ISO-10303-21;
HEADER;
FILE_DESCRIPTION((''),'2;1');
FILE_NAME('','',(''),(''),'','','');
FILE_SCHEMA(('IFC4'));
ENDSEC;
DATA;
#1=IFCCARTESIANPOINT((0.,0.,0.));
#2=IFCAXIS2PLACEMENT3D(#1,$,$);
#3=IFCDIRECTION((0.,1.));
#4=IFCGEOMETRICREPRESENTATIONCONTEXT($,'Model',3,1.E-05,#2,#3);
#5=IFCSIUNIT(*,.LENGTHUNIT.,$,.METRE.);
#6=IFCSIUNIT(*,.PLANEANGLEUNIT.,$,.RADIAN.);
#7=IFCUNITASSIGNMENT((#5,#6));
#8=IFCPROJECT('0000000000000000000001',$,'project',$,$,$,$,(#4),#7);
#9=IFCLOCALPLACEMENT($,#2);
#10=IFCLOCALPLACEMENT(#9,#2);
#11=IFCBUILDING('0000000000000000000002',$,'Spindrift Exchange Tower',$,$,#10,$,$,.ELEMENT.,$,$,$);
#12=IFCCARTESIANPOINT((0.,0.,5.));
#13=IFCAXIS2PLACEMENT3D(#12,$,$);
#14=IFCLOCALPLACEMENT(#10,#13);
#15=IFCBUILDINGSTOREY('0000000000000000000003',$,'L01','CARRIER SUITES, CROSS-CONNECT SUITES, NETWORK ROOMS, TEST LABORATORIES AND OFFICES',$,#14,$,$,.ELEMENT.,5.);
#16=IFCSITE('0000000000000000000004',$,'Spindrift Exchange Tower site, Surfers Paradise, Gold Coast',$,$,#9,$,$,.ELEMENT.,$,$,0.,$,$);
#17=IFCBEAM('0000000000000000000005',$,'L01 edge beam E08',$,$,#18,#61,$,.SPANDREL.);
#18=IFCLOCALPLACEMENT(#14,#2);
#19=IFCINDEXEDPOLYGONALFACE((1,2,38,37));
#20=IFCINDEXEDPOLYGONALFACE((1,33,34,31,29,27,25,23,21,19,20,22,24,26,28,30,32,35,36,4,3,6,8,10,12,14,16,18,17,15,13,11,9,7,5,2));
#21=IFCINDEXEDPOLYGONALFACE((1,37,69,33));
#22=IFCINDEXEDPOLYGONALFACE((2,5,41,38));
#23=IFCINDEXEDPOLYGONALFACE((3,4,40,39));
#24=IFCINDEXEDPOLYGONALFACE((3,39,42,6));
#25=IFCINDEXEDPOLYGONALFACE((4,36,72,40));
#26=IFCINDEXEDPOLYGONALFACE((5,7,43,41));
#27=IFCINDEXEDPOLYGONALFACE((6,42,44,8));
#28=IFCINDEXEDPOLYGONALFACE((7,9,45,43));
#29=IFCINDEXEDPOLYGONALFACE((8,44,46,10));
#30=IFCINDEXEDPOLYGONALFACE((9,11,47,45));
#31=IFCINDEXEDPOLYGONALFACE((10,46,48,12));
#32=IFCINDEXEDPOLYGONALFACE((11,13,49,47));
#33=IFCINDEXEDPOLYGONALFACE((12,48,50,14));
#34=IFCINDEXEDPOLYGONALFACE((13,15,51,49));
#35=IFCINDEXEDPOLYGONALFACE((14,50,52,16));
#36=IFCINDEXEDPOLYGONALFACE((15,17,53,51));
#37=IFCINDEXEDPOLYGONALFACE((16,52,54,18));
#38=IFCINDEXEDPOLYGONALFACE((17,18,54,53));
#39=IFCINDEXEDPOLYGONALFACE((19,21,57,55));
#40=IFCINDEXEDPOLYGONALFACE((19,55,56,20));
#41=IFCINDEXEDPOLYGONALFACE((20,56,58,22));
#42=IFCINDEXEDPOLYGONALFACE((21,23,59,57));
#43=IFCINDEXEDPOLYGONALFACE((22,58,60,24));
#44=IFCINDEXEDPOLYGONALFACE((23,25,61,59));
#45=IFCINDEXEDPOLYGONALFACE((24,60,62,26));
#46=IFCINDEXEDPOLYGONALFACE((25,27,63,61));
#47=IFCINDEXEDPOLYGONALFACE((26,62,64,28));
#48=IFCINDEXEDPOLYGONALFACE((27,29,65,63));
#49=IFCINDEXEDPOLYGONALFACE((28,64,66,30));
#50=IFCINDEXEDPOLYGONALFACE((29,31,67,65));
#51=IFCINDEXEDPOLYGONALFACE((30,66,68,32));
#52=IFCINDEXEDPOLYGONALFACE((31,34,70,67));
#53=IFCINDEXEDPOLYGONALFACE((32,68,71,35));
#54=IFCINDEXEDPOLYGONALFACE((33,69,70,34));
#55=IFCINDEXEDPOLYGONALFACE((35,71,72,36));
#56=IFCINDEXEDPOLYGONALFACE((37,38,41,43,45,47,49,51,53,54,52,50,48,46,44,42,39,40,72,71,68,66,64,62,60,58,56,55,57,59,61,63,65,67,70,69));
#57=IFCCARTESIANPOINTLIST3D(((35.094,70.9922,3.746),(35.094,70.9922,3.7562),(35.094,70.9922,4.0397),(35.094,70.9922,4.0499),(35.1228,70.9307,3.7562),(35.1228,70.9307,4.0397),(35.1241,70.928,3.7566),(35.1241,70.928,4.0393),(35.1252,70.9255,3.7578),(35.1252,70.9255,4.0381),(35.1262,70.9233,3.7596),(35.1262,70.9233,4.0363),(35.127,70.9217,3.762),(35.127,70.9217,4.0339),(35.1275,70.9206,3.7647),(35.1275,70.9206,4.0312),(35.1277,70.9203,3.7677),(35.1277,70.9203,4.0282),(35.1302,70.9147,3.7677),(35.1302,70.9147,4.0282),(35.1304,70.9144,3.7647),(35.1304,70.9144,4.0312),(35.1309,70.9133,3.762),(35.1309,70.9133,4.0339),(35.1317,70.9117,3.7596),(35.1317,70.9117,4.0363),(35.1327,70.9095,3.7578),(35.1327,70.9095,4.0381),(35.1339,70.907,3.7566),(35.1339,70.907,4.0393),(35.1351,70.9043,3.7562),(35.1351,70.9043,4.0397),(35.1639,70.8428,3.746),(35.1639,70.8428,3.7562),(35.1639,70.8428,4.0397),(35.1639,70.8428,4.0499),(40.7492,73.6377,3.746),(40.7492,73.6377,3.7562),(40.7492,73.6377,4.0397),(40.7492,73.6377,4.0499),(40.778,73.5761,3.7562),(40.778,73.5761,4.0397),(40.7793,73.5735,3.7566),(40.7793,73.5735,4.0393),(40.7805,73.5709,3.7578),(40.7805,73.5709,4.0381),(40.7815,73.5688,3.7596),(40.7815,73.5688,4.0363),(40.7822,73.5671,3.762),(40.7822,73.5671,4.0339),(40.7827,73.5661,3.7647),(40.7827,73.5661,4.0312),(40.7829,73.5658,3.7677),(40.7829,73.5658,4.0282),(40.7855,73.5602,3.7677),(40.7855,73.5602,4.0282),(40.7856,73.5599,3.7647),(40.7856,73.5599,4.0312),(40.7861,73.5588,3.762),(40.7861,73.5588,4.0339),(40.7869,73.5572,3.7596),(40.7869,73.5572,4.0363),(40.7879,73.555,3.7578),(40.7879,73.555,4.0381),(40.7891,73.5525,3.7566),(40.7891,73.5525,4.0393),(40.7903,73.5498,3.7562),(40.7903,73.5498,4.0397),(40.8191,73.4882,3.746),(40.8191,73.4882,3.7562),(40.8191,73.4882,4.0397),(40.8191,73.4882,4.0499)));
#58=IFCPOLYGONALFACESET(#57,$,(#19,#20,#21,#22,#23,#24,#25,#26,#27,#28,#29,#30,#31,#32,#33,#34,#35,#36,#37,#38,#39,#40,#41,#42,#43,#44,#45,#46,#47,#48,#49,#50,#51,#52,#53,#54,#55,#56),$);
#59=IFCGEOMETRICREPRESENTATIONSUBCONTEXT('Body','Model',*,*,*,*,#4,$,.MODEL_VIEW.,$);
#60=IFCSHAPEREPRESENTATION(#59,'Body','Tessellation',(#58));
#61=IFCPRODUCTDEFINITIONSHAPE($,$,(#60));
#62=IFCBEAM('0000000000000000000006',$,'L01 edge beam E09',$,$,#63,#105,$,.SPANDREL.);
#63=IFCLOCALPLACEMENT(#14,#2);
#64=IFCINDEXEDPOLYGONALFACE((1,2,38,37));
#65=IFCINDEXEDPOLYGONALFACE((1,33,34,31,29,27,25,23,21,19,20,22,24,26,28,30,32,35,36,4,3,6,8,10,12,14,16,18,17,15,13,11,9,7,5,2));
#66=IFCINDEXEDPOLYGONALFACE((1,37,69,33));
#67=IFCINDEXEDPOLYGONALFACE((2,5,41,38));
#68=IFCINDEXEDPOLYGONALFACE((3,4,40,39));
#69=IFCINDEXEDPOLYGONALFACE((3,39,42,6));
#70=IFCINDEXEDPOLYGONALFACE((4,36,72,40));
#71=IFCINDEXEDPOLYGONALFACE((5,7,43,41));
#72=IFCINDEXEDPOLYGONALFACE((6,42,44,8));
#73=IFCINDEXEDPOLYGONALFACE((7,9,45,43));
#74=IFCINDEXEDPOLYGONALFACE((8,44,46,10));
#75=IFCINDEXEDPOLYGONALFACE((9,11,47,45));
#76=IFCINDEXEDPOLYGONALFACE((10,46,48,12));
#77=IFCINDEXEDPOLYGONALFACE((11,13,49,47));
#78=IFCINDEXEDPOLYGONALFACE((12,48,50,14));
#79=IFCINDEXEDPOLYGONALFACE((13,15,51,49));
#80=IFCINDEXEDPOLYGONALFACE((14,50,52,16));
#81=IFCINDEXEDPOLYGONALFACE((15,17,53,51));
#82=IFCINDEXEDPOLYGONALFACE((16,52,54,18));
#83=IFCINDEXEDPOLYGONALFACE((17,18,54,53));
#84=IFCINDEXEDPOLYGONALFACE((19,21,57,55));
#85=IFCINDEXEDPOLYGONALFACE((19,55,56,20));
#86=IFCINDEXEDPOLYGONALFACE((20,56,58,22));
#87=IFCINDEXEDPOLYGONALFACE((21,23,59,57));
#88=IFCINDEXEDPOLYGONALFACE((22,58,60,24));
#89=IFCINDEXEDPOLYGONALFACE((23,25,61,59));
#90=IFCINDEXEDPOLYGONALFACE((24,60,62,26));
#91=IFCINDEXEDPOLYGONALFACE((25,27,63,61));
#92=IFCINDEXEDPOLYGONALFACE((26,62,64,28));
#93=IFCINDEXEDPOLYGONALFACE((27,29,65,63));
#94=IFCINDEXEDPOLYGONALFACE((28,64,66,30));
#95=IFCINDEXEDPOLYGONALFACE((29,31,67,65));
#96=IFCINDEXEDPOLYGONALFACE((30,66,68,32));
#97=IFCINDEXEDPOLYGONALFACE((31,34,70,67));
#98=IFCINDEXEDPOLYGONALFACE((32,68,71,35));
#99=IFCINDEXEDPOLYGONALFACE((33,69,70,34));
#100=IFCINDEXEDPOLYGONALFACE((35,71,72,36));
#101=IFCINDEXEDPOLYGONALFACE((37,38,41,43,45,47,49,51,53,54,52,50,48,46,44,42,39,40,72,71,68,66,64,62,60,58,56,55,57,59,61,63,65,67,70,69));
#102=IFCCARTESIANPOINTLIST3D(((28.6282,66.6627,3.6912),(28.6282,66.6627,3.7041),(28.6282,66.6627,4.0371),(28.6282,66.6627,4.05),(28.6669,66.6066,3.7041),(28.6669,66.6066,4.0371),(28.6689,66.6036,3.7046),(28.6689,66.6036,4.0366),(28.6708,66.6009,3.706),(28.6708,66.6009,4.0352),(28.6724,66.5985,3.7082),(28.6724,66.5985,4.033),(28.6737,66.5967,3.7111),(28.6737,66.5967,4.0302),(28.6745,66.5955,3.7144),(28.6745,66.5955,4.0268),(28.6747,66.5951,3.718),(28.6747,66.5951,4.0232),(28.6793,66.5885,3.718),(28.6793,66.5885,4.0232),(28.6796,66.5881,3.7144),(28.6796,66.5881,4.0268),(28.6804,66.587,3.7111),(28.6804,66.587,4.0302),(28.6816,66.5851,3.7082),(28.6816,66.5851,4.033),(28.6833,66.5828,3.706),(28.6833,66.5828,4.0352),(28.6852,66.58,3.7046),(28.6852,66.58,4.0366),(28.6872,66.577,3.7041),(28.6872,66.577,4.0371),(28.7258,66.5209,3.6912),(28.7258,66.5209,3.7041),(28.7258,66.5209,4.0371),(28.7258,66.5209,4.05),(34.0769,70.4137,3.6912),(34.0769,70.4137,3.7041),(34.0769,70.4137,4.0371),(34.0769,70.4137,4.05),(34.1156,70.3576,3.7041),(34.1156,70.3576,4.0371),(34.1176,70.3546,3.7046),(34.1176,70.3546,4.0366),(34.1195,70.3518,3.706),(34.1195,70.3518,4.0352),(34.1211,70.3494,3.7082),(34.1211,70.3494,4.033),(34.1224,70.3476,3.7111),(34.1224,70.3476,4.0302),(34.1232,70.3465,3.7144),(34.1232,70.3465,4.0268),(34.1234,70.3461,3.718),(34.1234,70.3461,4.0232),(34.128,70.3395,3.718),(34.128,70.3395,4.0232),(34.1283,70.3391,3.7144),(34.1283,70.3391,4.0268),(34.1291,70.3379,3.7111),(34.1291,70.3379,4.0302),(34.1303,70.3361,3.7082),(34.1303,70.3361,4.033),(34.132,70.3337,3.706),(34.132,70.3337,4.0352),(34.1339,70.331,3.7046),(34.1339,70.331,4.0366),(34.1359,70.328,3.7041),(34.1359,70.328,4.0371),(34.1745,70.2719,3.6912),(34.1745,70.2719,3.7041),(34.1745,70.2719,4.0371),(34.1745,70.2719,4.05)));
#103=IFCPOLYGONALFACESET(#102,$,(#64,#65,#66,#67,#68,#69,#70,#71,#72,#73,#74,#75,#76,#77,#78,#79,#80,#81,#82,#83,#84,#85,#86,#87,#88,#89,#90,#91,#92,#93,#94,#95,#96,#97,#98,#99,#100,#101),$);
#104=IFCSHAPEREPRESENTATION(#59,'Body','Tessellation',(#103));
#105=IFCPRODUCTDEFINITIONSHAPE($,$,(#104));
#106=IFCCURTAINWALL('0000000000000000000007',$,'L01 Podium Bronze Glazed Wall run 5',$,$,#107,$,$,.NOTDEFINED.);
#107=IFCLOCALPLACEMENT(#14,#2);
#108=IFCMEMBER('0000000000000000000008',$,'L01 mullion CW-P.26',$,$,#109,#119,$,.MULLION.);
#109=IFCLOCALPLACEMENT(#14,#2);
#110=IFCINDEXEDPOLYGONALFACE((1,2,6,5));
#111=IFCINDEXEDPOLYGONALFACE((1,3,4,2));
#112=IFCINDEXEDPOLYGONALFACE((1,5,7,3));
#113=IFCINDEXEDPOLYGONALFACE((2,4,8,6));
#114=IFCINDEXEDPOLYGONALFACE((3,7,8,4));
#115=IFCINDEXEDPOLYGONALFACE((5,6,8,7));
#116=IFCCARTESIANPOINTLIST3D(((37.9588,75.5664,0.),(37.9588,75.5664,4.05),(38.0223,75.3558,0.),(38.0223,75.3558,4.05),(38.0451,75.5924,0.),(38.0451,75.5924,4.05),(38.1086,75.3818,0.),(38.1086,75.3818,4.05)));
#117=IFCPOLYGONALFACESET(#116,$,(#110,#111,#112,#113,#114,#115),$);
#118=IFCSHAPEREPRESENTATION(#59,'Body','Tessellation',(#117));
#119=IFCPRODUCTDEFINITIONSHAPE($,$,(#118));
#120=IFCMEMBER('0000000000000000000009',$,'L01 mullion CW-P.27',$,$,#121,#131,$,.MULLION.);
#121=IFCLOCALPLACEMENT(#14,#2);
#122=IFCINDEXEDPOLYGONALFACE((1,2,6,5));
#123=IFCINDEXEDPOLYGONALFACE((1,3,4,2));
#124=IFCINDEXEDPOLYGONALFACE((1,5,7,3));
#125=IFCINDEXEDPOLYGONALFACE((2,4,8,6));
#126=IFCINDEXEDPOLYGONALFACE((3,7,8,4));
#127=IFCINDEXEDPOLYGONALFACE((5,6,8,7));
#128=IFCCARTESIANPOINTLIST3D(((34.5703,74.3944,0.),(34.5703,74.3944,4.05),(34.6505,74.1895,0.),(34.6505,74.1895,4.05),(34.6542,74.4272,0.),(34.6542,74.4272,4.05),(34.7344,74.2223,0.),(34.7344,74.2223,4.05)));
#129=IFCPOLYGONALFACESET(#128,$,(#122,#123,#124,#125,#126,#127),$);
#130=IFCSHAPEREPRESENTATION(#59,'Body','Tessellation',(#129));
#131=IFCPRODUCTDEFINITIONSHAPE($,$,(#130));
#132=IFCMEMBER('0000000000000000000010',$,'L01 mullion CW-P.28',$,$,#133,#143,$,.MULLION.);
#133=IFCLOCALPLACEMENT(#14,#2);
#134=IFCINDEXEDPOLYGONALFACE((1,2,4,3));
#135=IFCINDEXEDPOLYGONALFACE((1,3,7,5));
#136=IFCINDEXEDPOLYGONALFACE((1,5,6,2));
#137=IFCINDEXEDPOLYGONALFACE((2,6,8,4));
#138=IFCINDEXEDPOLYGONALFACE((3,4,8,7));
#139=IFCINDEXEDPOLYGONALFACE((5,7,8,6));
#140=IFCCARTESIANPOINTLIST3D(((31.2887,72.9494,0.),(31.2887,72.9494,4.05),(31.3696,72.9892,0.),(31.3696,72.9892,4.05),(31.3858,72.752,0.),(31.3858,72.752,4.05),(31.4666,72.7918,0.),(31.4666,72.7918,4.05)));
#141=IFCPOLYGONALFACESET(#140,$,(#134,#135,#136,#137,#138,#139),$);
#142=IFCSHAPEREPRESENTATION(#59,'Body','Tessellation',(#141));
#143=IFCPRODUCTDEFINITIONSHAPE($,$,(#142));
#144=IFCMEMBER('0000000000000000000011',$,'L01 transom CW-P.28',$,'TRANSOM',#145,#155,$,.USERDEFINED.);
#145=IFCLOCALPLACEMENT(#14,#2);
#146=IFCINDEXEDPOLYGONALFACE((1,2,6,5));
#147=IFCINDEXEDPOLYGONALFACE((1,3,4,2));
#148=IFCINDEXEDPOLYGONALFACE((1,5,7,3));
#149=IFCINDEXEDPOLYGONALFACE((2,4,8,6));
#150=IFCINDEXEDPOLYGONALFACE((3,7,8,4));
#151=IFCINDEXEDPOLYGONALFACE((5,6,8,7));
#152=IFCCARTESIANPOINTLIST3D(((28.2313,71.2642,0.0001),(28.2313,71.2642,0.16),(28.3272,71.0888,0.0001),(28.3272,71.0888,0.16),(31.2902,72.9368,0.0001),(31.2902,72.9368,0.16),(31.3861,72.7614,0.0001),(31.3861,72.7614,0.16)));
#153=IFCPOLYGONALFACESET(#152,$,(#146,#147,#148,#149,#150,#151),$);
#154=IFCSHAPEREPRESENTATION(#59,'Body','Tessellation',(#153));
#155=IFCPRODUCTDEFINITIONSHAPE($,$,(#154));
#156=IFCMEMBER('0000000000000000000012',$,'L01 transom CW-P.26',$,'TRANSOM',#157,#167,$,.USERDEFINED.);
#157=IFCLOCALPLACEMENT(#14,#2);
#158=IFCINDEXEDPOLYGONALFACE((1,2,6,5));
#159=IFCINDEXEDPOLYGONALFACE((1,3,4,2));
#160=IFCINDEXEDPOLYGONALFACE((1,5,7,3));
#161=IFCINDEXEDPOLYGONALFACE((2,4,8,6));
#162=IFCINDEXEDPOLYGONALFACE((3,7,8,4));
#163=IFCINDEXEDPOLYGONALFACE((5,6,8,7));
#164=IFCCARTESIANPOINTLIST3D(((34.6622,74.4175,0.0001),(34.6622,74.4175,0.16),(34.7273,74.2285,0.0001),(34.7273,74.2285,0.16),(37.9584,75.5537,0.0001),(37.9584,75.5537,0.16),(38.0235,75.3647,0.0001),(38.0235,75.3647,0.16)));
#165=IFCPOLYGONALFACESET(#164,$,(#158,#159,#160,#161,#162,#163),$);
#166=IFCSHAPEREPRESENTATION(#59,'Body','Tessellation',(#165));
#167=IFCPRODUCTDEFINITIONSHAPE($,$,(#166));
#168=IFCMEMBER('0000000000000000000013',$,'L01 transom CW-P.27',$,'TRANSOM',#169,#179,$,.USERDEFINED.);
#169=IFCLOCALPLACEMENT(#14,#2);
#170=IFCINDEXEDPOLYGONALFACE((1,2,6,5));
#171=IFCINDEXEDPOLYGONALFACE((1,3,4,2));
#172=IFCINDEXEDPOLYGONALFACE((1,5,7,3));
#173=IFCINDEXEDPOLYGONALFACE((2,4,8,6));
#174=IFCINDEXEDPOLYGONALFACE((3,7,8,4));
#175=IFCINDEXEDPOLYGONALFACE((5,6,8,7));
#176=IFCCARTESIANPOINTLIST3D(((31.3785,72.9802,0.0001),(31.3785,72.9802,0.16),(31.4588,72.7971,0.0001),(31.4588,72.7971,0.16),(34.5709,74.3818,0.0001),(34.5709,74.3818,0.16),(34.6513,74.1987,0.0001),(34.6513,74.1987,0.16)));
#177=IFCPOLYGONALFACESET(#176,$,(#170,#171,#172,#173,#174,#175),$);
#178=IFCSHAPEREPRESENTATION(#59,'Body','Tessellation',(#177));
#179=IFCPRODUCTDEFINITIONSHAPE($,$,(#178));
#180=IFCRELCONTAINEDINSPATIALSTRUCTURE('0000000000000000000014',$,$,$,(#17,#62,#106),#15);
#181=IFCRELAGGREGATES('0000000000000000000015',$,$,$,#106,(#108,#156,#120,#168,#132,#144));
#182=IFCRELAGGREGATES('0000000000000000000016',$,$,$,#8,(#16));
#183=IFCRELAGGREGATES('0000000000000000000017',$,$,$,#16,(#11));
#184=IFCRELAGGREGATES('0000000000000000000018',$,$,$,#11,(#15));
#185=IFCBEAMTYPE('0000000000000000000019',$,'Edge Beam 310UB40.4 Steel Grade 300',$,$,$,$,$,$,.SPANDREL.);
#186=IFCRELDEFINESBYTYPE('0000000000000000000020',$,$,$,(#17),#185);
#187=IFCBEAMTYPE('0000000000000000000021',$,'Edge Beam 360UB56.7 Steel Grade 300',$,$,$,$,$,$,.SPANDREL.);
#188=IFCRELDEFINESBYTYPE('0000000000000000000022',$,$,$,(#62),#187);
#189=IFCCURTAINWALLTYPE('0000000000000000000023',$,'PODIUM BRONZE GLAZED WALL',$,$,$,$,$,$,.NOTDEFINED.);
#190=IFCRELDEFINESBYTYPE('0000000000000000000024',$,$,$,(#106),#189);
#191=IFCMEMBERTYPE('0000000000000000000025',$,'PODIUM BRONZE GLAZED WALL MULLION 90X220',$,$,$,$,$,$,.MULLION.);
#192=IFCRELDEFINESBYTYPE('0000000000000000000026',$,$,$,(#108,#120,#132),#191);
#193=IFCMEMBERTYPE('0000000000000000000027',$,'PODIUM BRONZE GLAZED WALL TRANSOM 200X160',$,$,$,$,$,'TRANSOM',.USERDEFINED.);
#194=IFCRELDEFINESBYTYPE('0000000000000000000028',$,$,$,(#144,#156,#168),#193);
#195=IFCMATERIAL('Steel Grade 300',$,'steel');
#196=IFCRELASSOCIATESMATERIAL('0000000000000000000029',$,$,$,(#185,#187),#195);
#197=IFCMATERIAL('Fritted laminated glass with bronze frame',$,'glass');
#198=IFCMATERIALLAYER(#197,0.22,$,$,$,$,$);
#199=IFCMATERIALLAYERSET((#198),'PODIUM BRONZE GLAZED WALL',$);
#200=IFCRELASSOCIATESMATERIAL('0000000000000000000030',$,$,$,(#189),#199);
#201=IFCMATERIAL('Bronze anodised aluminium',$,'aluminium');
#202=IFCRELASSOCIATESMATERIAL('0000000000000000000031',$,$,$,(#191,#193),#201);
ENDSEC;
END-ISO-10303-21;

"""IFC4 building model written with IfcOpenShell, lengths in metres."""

from ifc_helpers import new_model, si_unit, direction, frame, origin, origin_2d, place, context, subcontext, project, spatial, rectangle, i_section, extrude, source, transform, mapped, material, layer, layer_set, material_profile, profile_set, type_object, element, aggregate, save


model = new_model("IFC4")

# Units and contexts
model_context = context("Model", 3, precision=1e-05, world=origin(), true_north=direction((0.0, 1.0)))
body_context = subcontext(model_context, "Body", "Model", "MODEL_VIEW")
ifc_project = project(units=[si_unit("LENGTHUNIT", "METRE"), si_unit("PLANEANGLEUNIT", "RADIAN")], contexts=[model_context])

# Site, building, storey
site_placement = place(None, origin())
site = spatial("IfcSite", under=ifc_project, at=site_placement, Name="Spindrift Exchange Tower site, Surfers Paradise, Gold Coast", CompositionType="ELEMENT", RefElevation=0.0)
building_placement = place(site_placement, origin())
building = spatial("IfcBuilding", under=site, at=building_placement, Name="Spindrift Exchange Tower", CompositionType="ELEMENT")
storey_placement = place(building_placement, frame((0.0, 0.0, 5.0)))
storey = spatial("IfcBuildingStorey", under=building, at=storey_placement, Name="L01", Description="CARRIER SUITES, CROSS-CONNECT SUITES, NETWORK ROOMS, TEST LABORATORIES AND OFFICES", CompositionType="ELEMENT", Elevation=5.0)

# Beams
ifc_material_1 = material(Name="Steel Grade 300", Category="steel")
ifc_material_profile_1 = material_profile(ifc_material_1, i_section(OverallWidth=0.165, OverallDepth=0.304, WebThickness=0.0061, FlangeThickness=0.0103, FilletRadius=0.0115, at=origin_2d()), Name="310UB40.4")
ifc_profile_set_1 = profile_set([ifc_material_profile_1], Name="Steel Grade 300")
beam_type_1 = type_object("IfcBeamType", Name="Edge Beam 310UB40.4 Steel Grade 300", PredefinedType="SPANDREL", material=ifc_profile_set_1)
shared_shape_1 = source(origin(), body_context, "Body", "SweptSolid", [
    extrude(i_section(OverallWidth=0.165, OverallDepth=0.304, WebThickness=0.0061, FlangeThickness=0.0103, FilletRadius=0.0115, at=origin_2d()), origin(), (0.0, 0.0, 1.0), 6.2434),
])
beam_1_placement = place(storey_placement, frame((40.7842, 73.563, 3.8979), z_axis=(-0.905791, -0.423724, 0.0), x_axis=(0.423724, -0.905791, 0.0)))
element("IfcBeam", 1, at=beam_1_placement, inside=storey, type_object=beam_type_1, Name="L01 edge beam E08", PredefinedType="SPANDREL", context=body_context, shape_type="MappedRepresentation", body=[
    mapped(shared_shape_1, transform((0.0, 0.0, 0.0), scale=1.0)),
])
ifc_material_profile_2 = material_profile(ifc_material_1, i_section(OverallWidth=0.1721, OverallDepth=0.3589, WebThickness=0.0081, FlangeThickness=0.0129, FilletRadius=0.0139, at=origin_2d()), Name="360UB56.7")
ifc_profile_set_2 = profile_set([ifc_material_profile_2], Name="Steel Grade 300")
beam_type_2 = type_object("IfcBeamType", Name="Edge Beam 360UB56.7 Steel Grade 300", PredefinedType="SPANDREL", material=ifc_profile_set_2)
shared_shape_2 = source(origin(), body_context, "Body", "SweptSolid", [
    extrude(i_section(OverallWidth=0.1721, OverallDepth=0.3589, WebThickness=0.0081, FlangeThickness=0.0129, FilletRadius=0.0139, at=origin_2d()), origin(), (0.0, 0.0, 1.0), 6.615),
])
beam_2_placement = place(storey_placement, frame((34.1257, 70.3428, 3.8706), z_axis=(-0.823691, -0.567039, 0.0), x_axis=(0.567039, -0.823691, 0.0)))
element("IfcBeam", 2, at=beam_2_placement, inside=storey, type_object=beam_type_2, Name="L01 edge beam E09", PredefinedType="SPANDREL", context=body_context, shape_type="MappedRepresentation", body=[
    mapped(shared_shape_2, transform((0.0, 0.0, 0.0), scale=1.0)),
])

# Curtain wall, members
ifc_material_2 = material(Name="Fritted laminated glass with bronze frame", Category="glass")
ifc_layer_1 = layer(ifc_material_2, 0.22)
ifc_layer_set_1 = layer_set([ifc_layer_1], Name="PODIUM BRONZE GLAZED WALL")
curtain_wall_type = type_object("IfcCurtainWallType", Name="PODIUM BRONZE GLAZED WALL", PredefinedType="NOTDEFINED", material=ifc_layer_set_1)
curtain_wall_placement = place(storey_placement, origin())
curtain_wall = element("IfcCurtainWall", 3, at=curtain_wall_placement, inside=storey, type_object=curtain_wall_type, Name="L01 Podium Bronze Glazed Wall run 5", PredefinedType="NOTDEFINED")
ifc_material_3 = material(Name="Bronze anodised aluminium", Category="aluminium")
ifc_material_profile_3 = material_profile(ifc_material_3, rectangle(XDim=0.0901, YDim=0.22, at=origin_2d()), Name="PODIUM BRONZE GLAZED WALL MULLION 90X220")
ifc_profile_set_3 = profile_set([ifc_material_profile_3], Name="Bronze anodised aluminium")
member_type_1 = type_object("IfcMemberType", Name="PODIUM BRONZE GLAZED WALL MULLION 90X220", PredefinedType="MULLION", material=ifc_profile_set_3)
shared_shape_3 = source(origin(), body_context, "Body", "SweptSolid", [
    extrude(rectangle(XDim=0.0901, YDim=0.22, at=origin_2d()), origin(), (0.0, 0.0, 1.0), 4.05),
])
member_1_placement = place(storey_placement, frame((38.0337, 75.4741, 0.0), z_axis=(0.0, 0.0, 1.0), x_axis=(-0.957447, -0.288608, 0.0)))
member_1 = element("IfcMember", 4, at=member_1_placement, type_object=member_type_1, Name="L01 mullion CW-P.26", PredefinedType="MULLION", context=body_context, shape_type="MappedRepresentation", body=[
    mapped(shared_shape_3, transform((0.0, 0.0, 0.0), scale=1.0)),
])
member_2_placement = place(storey_placement, frame((34.6523, 74.3083, 0.0), z_axis=(0.0, 0.0, 1.0), x_axis=(-0.9313, -0.364252, 0.0)))
member_2 = element("IfcMember", 5, at=member_2_placement, type_object=member_type_1, Name="L01 mullion CW-P.27", PredefinedType="MULLION", context=body_context, shape_type="MappedRepresentation", body=[
    mapped(shared_shape_3, transform((0.0, 0.0, 0.0), scale=1.0)),
])
member_3_placement = place(storey_placement, frame((31.3777, 72.8706, 0.0), z_axis=(0.0, 0.0, 1.0), x_axis=(-0.897366, -0.441288, 0.0)))
member_3 = element("IfcMember", 6, at=member_3_placement, type_object=member_type_1, Name="L01 mullion CW-P.28", PredefinedType="MULLION", context=body_context, shape_type="MappedRepresentation", body=[
    mapped(shared_shape_3, transform((0.0, 0.0, 0.0), scale=1.0)),
])
ifc_material_profile_4 = material_profile(ifc_material_3, rectangle(XDim=0.2, YDim=0.1599, at=origin_2d()), Name="PODIUM BRONZE GLAZED WALL TRANSOM 200X160")
ifc_profile_set_4 = profile_set([ifc_material_profile_4], Name="Bronze anodised aluminium")
member_type_2 = type_object("IfcMemberType", Name="PODIUM BRONZE GLAZED WALL TRANSOM 200X160", ElementType="TRANSOM", PredefinedType="USERDEFINED", material=ifc_profile_set_4)
shared_shape_4 = source(origin(), body_context, "Body", "SweptSolid", [
    extrude(rectangle(XDim=0.2, YDim=0.1599, at=origin_2d()), origin(), (0.0, 0.0, 1.0), 3.4863),
])
member_4_placement = place(storey_placement, frame((31.3381, 72.8491, 0.0801), z_axis=(-0.877395, -0.479769, 0.0), x_axis=(0.479769, -0.877395, 0.0)))
member_4 = element("IfcMember", 7, at=member_4_placement, type_object=member_type_2, Name="L01 transom CW-P.28", ObjectType="TRANSOM", PredefinedType="USERDEFINED", context=body_context, shape_type="MappedRepresentation", body=[
    mapped(shared_shape_4, transform((0.0, 0.0, 0.0), scale=1.0)),
])
shared_shape_5 = source(origin(), body_context, "Body", "SweptSolid", [
    extrude(rectangle(XDim=0.2, YDim=0.1599, at=origin_2d()), origin(), (0.0, 0.0, 1.0), 3.4866),
])
member_5_placement = place(storey_placement, frame((37.991, 75.4592, 0.0801), z_axis=(-0.945406, -0.325896, 0.0), x_axis=(0.325896, -0.945406, 0.0)))
member_5 = element("IfcMember", 8, at=member_5_placement, type_object=member_type_2, Name="L01 transom CW-P.26", ObjectType="TRANSOM", PredefinedType="USERDEFINED", context=body_context, shape_type="MappedRepresentation", body=[
    mapped(shared_shape_5, transform((0.0, 0.0, 0.0), scale=1.0)),
])
member_6_placement = place(storey_placement, frame((34.6111, 74.2903, 0.0801), z_axis=(-0.915636, -0.402009, 0.0), x_axis=(0.402009, -0.915636, 0.0)))
member_6 = element("IfcMember", 9, at=member_6_placement, type_object=member_type_2, Name="L01 transom CW-P.27", ObjectType="TRANSOM", PredefinedType="USERDEFINED", context=body_context, shape_type="MappedRepresentation", body=[
    mapped(shared_shape_5, transform((0.0, 0.0, 0.0), scale=1.0)),
])
aggregate(curtain_wall, [member_1, member_5, member_2, member_6, member_3, member_4])

save(model, "model.ifc")
